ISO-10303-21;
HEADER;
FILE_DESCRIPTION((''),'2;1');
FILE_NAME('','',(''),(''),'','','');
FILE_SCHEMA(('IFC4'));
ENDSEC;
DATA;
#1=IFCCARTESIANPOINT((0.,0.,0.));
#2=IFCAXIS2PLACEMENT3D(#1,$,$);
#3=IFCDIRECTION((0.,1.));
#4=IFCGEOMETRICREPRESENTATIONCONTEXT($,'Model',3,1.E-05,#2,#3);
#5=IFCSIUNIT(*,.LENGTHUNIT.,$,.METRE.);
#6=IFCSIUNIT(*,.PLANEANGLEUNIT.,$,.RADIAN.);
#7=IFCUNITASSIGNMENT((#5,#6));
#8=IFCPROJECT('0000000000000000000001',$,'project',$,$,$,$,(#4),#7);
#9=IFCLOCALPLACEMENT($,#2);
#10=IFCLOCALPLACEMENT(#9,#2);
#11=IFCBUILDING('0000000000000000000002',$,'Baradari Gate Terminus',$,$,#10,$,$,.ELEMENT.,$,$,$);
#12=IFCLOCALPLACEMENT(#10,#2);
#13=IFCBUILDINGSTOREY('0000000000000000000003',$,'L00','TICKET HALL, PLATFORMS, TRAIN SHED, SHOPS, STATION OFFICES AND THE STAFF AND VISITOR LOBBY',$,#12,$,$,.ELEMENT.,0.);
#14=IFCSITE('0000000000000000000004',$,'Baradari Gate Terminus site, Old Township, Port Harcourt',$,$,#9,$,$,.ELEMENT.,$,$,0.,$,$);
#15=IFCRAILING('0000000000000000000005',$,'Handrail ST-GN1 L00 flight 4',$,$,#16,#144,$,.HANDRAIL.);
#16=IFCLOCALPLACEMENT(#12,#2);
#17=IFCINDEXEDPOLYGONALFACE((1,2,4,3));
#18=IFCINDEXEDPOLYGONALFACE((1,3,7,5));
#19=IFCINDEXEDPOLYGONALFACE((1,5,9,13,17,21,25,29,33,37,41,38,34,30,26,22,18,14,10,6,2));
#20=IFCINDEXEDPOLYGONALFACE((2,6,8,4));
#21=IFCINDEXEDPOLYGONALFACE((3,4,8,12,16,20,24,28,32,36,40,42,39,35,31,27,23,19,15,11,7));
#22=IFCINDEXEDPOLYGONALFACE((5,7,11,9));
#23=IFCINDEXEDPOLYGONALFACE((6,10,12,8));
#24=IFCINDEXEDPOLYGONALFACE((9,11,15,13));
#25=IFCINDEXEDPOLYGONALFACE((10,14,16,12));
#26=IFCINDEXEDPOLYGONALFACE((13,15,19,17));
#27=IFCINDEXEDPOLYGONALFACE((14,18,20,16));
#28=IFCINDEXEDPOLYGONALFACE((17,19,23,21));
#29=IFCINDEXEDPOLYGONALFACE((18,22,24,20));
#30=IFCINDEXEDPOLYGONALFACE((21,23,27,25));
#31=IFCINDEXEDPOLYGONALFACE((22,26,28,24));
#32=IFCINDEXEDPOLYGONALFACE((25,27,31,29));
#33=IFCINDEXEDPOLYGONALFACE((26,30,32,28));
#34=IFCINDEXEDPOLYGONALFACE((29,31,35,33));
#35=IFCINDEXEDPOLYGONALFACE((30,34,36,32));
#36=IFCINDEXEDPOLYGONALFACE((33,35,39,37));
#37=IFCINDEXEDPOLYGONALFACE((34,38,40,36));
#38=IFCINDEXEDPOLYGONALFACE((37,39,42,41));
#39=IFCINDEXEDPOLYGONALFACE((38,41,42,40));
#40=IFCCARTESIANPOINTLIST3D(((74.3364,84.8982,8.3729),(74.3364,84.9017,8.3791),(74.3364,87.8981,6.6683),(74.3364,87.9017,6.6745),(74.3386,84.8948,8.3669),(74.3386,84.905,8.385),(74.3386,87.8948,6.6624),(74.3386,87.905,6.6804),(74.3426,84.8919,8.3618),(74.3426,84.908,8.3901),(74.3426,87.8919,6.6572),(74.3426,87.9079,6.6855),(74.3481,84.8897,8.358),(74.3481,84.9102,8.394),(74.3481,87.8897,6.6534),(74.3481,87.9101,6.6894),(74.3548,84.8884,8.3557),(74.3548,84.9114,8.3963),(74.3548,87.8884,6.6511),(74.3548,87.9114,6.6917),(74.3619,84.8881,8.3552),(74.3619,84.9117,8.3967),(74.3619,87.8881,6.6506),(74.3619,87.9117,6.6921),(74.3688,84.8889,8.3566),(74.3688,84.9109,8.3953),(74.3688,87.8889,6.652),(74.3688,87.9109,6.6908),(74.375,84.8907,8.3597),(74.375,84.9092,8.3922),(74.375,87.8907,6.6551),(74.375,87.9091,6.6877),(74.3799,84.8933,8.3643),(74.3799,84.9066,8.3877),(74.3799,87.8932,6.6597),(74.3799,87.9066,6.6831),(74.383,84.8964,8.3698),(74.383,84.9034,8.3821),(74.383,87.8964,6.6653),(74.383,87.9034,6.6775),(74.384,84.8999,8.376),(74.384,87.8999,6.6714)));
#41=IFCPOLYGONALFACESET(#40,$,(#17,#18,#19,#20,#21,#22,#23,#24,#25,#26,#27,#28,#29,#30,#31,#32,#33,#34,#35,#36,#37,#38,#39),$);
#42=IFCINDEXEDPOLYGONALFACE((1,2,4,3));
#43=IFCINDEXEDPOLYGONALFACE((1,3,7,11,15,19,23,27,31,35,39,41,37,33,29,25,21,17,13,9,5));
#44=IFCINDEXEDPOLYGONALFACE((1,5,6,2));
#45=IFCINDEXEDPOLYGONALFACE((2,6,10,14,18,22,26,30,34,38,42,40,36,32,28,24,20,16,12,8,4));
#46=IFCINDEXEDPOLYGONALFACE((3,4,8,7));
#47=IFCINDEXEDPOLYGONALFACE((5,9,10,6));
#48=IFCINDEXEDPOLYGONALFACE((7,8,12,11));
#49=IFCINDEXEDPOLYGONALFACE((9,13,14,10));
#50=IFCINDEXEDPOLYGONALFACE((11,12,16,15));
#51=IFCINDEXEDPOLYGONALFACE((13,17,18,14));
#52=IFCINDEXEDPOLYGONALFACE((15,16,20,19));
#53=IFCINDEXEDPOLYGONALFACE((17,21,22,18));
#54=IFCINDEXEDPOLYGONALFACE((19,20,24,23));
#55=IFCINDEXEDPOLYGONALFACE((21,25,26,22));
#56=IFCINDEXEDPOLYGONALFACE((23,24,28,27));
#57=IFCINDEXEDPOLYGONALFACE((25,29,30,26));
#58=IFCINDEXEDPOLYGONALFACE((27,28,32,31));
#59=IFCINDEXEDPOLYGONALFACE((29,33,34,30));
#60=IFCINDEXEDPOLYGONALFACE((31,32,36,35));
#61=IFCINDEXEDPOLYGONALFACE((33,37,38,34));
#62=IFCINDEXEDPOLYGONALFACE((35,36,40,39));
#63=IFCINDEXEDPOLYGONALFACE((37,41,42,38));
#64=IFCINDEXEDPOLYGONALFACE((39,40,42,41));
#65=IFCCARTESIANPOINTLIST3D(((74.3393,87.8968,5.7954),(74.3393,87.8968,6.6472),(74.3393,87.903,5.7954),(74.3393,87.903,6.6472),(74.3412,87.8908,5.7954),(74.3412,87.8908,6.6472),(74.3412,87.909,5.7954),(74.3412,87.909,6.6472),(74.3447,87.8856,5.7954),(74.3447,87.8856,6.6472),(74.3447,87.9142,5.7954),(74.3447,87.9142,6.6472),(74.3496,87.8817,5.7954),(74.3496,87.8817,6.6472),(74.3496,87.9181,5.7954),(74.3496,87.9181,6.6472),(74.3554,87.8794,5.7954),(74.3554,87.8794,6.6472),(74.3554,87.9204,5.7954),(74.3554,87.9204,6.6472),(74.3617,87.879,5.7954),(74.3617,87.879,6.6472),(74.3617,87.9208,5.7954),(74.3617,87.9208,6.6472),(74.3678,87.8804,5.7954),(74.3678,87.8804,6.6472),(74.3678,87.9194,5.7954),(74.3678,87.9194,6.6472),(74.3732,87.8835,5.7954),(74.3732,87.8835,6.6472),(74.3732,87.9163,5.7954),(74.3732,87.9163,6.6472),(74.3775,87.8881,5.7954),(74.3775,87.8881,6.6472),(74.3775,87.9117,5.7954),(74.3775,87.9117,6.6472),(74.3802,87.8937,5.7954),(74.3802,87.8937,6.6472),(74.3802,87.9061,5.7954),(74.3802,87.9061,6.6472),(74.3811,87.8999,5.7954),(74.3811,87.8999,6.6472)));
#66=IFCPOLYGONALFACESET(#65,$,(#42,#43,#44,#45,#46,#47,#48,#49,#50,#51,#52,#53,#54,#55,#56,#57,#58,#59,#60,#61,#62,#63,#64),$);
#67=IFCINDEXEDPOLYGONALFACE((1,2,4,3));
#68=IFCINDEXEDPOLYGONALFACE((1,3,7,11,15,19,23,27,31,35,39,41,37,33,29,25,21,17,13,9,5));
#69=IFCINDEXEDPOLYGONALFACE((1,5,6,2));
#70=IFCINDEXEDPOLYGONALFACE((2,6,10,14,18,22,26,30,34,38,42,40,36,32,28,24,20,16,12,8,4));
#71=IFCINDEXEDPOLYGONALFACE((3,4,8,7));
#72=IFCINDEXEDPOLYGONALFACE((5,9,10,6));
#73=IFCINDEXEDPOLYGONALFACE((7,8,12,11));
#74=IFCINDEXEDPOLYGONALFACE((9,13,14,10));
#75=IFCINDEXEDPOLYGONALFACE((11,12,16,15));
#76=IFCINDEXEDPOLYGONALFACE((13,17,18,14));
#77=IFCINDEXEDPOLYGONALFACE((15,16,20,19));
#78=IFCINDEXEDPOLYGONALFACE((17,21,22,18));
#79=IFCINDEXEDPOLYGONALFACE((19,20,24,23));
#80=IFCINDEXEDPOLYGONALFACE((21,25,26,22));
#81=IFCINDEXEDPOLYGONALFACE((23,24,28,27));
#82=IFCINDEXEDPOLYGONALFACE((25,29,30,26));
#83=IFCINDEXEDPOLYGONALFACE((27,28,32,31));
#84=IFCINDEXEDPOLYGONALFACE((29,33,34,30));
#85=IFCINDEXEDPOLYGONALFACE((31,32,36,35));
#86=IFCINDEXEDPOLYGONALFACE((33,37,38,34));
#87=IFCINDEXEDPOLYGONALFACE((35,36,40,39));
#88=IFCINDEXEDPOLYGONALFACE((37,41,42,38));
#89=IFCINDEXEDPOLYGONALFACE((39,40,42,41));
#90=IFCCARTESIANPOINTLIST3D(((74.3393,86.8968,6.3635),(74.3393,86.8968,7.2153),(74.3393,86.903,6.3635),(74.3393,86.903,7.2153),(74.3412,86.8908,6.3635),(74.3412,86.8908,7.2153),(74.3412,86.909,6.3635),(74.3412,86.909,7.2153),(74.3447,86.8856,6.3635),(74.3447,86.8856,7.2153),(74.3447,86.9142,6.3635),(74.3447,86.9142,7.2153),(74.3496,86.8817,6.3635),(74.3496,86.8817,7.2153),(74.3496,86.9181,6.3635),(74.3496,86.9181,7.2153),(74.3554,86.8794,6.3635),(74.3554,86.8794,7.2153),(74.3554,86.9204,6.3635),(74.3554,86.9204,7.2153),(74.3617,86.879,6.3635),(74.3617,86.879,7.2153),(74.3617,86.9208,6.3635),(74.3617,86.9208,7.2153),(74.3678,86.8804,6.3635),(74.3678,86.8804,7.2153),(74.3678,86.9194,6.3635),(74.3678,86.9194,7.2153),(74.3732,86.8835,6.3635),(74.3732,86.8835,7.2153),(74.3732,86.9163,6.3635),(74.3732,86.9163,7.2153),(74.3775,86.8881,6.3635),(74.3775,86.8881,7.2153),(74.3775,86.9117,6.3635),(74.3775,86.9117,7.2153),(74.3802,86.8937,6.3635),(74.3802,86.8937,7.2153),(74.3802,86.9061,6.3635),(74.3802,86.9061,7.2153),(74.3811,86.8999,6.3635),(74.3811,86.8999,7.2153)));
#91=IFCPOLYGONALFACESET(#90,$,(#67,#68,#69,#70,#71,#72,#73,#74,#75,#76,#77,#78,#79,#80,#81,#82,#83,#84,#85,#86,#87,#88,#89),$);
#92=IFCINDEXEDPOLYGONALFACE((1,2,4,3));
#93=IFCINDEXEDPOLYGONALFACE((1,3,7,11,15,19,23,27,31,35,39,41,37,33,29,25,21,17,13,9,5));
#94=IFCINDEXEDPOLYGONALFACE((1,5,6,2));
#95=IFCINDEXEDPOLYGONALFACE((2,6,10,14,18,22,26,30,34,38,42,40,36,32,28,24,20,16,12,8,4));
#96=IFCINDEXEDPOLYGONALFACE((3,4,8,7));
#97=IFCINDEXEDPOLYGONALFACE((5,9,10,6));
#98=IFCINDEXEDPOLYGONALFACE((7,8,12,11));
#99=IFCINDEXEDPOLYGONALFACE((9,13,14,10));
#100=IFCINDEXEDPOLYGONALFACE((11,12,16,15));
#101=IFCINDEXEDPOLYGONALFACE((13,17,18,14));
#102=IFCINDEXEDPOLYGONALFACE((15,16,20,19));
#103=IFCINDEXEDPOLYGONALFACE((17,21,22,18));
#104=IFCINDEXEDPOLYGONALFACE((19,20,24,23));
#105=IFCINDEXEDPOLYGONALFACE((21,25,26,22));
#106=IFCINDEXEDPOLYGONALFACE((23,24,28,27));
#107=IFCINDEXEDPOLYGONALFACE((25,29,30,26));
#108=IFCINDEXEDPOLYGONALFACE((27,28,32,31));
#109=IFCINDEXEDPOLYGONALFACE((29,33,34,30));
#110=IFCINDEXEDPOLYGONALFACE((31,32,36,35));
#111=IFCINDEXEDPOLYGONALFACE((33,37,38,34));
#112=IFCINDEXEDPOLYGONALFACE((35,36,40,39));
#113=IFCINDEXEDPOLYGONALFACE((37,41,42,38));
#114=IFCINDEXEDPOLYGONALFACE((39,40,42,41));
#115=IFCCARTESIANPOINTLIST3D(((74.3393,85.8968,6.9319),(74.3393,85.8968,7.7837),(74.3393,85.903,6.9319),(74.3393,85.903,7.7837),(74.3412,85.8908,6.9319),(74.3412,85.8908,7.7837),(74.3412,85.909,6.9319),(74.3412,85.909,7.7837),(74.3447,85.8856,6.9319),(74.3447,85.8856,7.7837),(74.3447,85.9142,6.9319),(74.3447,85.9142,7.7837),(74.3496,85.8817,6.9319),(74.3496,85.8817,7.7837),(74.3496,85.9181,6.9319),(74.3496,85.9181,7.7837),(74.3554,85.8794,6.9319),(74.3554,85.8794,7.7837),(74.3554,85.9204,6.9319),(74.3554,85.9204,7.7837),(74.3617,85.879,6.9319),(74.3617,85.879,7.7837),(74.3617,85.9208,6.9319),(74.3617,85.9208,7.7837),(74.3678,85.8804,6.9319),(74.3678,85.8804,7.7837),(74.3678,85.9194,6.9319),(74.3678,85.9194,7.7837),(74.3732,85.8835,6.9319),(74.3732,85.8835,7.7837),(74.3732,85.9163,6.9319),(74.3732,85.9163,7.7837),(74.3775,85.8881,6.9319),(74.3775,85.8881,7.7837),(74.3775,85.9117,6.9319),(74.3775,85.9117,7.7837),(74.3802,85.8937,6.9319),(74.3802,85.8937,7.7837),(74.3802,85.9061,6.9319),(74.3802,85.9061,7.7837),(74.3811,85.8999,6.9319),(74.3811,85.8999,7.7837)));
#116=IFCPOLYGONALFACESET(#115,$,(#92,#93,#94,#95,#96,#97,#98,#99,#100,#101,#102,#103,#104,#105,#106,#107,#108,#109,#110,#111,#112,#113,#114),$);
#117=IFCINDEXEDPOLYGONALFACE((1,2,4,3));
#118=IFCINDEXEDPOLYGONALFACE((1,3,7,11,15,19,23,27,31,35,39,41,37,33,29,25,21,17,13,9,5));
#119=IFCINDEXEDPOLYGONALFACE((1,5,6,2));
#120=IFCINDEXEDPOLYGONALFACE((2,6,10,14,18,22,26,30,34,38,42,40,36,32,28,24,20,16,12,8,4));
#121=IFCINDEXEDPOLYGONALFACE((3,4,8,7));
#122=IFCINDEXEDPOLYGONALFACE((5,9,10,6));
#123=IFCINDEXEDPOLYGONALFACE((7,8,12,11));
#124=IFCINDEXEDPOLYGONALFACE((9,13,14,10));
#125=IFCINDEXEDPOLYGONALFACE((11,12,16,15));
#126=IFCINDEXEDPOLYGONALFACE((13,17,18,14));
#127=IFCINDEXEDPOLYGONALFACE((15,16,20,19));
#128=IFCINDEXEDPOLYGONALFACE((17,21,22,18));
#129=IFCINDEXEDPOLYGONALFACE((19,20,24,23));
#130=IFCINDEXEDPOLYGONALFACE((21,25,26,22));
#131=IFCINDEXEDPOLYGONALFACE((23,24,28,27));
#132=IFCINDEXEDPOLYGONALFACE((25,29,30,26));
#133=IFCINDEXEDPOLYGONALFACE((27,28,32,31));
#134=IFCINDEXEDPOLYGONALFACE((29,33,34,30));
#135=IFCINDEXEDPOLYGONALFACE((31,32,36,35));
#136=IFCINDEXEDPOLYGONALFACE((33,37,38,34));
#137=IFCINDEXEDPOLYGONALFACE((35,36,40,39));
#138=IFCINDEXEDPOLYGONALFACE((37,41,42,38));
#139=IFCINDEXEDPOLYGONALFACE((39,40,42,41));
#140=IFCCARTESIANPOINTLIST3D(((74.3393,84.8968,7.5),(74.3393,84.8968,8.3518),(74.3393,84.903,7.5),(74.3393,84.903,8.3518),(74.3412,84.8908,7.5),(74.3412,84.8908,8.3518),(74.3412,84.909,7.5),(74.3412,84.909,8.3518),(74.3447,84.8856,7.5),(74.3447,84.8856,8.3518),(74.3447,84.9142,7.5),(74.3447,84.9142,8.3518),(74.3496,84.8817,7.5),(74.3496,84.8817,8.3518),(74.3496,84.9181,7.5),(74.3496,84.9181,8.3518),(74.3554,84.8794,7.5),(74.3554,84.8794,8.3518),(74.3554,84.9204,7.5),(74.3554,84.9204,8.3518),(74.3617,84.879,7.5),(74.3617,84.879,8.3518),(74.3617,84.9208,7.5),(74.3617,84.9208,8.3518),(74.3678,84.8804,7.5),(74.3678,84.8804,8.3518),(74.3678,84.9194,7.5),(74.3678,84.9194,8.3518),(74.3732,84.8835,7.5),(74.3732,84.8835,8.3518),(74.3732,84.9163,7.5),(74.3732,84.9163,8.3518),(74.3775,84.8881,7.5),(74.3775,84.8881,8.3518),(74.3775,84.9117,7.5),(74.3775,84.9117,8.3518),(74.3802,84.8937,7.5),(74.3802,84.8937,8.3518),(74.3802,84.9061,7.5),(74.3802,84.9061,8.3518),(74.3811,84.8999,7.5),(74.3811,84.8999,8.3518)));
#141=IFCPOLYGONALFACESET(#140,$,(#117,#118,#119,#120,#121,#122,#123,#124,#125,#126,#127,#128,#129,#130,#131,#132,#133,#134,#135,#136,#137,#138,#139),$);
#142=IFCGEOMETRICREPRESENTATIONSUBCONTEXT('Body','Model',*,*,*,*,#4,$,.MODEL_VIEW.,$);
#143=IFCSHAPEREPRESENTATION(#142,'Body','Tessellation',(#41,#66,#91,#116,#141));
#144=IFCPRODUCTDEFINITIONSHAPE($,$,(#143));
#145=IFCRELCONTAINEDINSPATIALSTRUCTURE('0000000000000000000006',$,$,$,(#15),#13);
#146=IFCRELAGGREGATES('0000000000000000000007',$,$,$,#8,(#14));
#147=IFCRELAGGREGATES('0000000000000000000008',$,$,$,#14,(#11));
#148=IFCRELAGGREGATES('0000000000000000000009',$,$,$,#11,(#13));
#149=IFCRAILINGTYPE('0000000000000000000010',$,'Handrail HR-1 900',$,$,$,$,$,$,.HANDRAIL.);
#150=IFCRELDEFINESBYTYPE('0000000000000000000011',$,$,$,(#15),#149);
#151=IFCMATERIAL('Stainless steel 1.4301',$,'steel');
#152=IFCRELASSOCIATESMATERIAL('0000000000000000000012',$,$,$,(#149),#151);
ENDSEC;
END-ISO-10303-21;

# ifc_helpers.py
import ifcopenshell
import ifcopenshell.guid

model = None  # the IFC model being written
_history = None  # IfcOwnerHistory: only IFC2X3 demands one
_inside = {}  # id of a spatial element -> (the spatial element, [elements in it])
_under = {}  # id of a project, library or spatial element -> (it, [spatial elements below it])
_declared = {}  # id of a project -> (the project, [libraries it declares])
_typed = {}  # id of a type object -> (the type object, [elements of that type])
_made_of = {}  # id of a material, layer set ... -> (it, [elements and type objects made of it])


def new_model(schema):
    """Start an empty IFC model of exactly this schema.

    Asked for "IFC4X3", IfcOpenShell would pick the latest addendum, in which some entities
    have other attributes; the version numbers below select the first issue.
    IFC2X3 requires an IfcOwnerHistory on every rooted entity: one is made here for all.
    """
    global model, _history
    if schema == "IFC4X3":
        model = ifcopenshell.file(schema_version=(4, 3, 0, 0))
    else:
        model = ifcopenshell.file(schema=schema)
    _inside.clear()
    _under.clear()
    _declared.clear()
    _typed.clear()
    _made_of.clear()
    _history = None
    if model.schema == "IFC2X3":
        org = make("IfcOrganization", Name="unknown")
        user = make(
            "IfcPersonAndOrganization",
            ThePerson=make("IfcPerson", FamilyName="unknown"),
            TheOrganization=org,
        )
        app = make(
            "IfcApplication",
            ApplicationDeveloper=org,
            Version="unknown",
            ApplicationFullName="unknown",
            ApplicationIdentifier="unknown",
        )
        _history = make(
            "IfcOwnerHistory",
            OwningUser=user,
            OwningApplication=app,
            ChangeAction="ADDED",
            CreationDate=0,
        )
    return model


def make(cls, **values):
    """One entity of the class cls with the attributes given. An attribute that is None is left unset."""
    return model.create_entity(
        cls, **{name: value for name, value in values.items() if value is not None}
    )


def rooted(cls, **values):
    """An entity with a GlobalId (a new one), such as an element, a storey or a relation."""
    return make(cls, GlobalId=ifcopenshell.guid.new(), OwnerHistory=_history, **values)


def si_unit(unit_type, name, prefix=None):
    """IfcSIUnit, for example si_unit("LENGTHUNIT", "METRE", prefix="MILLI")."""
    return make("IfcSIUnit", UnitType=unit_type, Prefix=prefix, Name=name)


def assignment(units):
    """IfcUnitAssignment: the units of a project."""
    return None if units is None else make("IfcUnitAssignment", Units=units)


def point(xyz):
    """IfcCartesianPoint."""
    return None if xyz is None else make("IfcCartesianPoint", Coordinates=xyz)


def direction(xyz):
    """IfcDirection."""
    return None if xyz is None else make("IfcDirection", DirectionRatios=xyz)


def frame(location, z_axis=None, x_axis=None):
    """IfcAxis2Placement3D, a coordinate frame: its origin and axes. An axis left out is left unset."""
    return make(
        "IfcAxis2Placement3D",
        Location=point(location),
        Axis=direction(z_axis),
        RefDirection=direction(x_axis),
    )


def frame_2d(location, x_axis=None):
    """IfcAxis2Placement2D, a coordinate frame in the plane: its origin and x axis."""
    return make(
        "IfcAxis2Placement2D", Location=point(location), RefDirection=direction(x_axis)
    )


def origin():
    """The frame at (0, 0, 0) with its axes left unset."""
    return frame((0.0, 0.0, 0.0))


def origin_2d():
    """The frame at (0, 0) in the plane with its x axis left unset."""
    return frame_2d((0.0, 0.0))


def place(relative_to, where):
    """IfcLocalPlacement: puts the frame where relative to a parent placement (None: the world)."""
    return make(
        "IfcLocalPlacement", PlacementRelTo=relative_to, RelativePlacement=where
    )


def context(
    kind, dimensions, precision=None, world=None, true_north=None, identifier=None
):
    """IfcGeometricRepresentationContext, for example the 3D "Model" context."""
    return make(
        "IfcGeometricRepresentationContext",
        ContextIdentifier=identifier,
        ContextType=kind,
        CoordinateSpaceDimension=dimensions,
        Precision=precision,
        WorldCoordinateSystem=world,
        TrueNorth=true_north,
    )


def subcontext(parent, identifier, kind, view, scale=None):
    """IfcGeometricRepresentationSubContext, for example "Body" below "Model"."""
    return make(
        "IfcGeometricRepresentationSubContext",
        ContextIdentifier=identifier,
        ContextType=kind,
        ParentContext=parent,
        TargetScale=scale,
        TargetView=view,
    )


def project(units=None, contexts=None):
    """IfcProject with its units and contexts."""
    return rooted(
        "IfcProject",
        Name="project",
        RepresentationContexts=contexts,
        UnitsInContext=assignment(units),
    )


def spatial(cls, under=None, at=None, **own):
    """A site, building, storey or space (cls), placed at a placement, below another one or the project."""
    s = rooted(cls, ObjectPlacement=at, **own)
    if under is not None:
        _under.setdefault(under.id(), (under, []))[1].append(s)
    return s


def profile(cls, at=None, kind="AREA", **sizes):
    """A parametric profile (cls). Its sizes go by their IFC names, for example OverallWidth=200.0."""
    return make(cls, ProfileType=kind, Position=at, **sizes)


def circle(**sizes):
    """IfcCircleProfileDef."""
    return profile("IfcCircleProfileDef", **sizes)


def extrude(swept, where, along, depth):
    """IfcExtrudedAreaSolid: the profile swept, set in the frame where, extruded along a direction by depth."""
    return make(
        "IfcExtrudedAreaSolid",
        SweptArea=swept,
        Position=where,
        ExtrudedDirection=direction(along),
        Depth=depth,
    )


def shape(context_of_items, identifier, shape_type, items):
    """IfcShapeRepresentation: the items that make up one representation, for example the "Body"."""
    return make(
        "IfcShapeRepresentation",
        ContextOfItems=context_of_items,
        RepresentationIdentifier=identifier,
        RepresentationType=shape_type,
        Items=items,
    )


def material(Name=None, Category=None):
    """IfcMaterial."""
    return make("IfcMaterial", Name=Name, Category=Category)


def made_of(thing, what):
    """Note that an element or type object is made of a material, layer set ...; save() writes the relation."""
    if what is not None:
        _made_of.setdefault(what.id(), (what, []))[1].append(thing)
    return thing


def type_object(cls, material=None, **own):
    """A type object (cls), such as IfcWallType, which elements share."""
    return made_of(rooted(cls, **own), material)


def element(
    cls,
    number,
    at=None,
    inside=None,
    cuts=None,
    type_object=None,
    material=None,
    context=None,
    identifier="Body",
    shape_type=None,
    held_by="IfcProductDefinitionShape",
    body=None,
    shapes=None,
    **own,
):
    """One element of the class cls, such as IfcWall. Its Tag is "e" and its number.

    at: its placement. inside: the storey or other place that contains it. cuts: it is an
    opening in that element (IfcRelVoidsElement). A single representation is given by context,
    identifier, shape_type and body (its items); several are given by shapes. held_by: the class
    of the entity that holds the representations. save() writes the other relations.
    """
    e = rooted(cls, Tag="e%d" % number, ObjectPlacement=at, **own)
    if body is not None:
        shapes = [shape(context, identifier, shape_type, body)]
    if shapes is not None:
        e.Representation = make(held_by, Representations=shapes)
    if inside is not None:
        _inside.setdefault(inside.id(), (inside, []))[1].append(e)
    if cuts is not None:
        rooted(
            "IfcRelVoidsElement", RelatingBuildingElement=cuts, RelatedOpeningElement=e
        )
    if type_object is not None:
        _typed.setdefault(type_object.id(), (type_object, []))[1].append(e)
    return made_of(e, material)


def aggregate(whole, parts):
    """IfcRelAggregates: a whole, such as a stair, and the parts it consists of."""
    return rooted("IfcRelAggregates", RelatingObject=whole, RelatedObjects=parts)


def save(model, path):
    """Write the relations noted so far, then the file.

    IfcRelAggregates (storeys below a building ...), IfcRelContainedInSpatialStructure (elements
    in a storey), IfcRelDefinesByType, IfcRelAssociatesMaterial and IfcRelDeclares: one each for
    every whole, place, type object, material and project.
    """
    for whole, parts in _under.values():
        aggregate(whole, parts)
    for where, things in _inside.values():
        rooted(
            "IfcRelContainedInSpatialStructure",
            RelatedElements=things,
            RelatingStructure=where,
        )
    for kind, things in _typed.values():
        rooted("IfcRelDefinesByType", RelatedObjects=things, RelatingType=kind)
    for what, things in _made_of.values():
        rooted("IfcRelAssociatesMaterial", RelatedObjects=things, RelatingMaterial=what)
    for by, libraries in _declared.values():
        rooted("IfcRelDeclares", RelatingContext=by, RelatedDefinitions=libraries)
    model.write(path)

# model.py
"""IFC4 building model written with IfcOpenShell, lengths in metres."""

from ifc_helpers import new_model, si_unit, direction, frame, origin, origin_2d, place, context, subcontext, project, spatial, circle, extrude, material, type_object, element, save


model = new_model("IFC4")

# Units and contexts
model_context = context("Model", 3, precision=1e-05, world=origin(), true_north=direction((0.0, 1.0)))
body_context = subcontext(model_context, "Body", "Model", "MODEL_VIEW")
ifc_project = project(units=[si_unit("LENGTHUNIT", "METRE"), si_unit("PLANEANGLEUNIT", "RADIAN")], contexts=[model_context])

# Site, building, storey
site_placement = place(None, origin())
site = spatial("IfcSite", under=ifc_project, at=site_placement, Name="Baradari Gate Terminus site, Old Township, Port Harcourt", CompositionType="ELEMENT", RefElevation=0.0)
building_placement = place(site_placement, origin())
building = spatial("IfcBuilding", under=site, at=building_placement, Name="Baradari Gate Terminus", CompositionType="ELEMENT")
storey_placement = place(building_placement, origin())
storey = spatial("IfcBuildingStorey", under=building, at=storey_placement, Name="L00", Description="TICKET HALL, PLATFORMS, TRAIN SHED, SHOPS, STATION OFFICES AND THE STAFF AND VISITOR LOBBY", CompositionType="ELEMENT", Elevation=0.0)

# Railing
ifc_material_1 = material(Name="Stainless steel 1.4301", Category="steel")
railing_type_1 = type_object("IfcRailingType", Name="Handrail HR-1 900", PredefinedType="HANDRAIL", material=ifc_material_1)
for number, where, name in (
    (1, (74.3601, 87.8999, 5.7954), "Handrail ST-GN1 L00 flight 4"),
):
    element("IfcRailing", number, at=place(storey_placement, frame(where)), inside=storey, type_object=railing_type_1, Name=name, PredefinedType="HANDRAIL", context=body_context, shape_type="SweptSolid", body=[
        extrude(circle(Radius=0.0239, at=origin_2d()), frame((0.0, 0.0, 0.876), z_axis=(0.0, -0.869451, 0.494019), x_axis=(1.0, 0.0, 0.0)), (0.0, 0.0, 1.0), 3.4504),
        extrude(circle(Radius=0.021, at=origin_2d()), origin(), (0.0, 0.0, 1.0), 0.8518),
        extrude(circle(Radius=0.021, at=origin_2d()), frame((0.0, -1.0, 0.5681)), (0.0, 0.0, 1.0), 0.8518),
        extrude(circle(Radius=0.021, at=origin_2d()), frame((0.0, -2.0, 1.1365)), (0.0, 0.0, 1.0), 0.8518),
        extrude(circle(Radius=0.021, at=origin_2d()), frame((0.0, -3.0, 1.7046)), (0.0, 0.0, 1.0), 0.8518),
    ])

save(model, "model.ifc")
